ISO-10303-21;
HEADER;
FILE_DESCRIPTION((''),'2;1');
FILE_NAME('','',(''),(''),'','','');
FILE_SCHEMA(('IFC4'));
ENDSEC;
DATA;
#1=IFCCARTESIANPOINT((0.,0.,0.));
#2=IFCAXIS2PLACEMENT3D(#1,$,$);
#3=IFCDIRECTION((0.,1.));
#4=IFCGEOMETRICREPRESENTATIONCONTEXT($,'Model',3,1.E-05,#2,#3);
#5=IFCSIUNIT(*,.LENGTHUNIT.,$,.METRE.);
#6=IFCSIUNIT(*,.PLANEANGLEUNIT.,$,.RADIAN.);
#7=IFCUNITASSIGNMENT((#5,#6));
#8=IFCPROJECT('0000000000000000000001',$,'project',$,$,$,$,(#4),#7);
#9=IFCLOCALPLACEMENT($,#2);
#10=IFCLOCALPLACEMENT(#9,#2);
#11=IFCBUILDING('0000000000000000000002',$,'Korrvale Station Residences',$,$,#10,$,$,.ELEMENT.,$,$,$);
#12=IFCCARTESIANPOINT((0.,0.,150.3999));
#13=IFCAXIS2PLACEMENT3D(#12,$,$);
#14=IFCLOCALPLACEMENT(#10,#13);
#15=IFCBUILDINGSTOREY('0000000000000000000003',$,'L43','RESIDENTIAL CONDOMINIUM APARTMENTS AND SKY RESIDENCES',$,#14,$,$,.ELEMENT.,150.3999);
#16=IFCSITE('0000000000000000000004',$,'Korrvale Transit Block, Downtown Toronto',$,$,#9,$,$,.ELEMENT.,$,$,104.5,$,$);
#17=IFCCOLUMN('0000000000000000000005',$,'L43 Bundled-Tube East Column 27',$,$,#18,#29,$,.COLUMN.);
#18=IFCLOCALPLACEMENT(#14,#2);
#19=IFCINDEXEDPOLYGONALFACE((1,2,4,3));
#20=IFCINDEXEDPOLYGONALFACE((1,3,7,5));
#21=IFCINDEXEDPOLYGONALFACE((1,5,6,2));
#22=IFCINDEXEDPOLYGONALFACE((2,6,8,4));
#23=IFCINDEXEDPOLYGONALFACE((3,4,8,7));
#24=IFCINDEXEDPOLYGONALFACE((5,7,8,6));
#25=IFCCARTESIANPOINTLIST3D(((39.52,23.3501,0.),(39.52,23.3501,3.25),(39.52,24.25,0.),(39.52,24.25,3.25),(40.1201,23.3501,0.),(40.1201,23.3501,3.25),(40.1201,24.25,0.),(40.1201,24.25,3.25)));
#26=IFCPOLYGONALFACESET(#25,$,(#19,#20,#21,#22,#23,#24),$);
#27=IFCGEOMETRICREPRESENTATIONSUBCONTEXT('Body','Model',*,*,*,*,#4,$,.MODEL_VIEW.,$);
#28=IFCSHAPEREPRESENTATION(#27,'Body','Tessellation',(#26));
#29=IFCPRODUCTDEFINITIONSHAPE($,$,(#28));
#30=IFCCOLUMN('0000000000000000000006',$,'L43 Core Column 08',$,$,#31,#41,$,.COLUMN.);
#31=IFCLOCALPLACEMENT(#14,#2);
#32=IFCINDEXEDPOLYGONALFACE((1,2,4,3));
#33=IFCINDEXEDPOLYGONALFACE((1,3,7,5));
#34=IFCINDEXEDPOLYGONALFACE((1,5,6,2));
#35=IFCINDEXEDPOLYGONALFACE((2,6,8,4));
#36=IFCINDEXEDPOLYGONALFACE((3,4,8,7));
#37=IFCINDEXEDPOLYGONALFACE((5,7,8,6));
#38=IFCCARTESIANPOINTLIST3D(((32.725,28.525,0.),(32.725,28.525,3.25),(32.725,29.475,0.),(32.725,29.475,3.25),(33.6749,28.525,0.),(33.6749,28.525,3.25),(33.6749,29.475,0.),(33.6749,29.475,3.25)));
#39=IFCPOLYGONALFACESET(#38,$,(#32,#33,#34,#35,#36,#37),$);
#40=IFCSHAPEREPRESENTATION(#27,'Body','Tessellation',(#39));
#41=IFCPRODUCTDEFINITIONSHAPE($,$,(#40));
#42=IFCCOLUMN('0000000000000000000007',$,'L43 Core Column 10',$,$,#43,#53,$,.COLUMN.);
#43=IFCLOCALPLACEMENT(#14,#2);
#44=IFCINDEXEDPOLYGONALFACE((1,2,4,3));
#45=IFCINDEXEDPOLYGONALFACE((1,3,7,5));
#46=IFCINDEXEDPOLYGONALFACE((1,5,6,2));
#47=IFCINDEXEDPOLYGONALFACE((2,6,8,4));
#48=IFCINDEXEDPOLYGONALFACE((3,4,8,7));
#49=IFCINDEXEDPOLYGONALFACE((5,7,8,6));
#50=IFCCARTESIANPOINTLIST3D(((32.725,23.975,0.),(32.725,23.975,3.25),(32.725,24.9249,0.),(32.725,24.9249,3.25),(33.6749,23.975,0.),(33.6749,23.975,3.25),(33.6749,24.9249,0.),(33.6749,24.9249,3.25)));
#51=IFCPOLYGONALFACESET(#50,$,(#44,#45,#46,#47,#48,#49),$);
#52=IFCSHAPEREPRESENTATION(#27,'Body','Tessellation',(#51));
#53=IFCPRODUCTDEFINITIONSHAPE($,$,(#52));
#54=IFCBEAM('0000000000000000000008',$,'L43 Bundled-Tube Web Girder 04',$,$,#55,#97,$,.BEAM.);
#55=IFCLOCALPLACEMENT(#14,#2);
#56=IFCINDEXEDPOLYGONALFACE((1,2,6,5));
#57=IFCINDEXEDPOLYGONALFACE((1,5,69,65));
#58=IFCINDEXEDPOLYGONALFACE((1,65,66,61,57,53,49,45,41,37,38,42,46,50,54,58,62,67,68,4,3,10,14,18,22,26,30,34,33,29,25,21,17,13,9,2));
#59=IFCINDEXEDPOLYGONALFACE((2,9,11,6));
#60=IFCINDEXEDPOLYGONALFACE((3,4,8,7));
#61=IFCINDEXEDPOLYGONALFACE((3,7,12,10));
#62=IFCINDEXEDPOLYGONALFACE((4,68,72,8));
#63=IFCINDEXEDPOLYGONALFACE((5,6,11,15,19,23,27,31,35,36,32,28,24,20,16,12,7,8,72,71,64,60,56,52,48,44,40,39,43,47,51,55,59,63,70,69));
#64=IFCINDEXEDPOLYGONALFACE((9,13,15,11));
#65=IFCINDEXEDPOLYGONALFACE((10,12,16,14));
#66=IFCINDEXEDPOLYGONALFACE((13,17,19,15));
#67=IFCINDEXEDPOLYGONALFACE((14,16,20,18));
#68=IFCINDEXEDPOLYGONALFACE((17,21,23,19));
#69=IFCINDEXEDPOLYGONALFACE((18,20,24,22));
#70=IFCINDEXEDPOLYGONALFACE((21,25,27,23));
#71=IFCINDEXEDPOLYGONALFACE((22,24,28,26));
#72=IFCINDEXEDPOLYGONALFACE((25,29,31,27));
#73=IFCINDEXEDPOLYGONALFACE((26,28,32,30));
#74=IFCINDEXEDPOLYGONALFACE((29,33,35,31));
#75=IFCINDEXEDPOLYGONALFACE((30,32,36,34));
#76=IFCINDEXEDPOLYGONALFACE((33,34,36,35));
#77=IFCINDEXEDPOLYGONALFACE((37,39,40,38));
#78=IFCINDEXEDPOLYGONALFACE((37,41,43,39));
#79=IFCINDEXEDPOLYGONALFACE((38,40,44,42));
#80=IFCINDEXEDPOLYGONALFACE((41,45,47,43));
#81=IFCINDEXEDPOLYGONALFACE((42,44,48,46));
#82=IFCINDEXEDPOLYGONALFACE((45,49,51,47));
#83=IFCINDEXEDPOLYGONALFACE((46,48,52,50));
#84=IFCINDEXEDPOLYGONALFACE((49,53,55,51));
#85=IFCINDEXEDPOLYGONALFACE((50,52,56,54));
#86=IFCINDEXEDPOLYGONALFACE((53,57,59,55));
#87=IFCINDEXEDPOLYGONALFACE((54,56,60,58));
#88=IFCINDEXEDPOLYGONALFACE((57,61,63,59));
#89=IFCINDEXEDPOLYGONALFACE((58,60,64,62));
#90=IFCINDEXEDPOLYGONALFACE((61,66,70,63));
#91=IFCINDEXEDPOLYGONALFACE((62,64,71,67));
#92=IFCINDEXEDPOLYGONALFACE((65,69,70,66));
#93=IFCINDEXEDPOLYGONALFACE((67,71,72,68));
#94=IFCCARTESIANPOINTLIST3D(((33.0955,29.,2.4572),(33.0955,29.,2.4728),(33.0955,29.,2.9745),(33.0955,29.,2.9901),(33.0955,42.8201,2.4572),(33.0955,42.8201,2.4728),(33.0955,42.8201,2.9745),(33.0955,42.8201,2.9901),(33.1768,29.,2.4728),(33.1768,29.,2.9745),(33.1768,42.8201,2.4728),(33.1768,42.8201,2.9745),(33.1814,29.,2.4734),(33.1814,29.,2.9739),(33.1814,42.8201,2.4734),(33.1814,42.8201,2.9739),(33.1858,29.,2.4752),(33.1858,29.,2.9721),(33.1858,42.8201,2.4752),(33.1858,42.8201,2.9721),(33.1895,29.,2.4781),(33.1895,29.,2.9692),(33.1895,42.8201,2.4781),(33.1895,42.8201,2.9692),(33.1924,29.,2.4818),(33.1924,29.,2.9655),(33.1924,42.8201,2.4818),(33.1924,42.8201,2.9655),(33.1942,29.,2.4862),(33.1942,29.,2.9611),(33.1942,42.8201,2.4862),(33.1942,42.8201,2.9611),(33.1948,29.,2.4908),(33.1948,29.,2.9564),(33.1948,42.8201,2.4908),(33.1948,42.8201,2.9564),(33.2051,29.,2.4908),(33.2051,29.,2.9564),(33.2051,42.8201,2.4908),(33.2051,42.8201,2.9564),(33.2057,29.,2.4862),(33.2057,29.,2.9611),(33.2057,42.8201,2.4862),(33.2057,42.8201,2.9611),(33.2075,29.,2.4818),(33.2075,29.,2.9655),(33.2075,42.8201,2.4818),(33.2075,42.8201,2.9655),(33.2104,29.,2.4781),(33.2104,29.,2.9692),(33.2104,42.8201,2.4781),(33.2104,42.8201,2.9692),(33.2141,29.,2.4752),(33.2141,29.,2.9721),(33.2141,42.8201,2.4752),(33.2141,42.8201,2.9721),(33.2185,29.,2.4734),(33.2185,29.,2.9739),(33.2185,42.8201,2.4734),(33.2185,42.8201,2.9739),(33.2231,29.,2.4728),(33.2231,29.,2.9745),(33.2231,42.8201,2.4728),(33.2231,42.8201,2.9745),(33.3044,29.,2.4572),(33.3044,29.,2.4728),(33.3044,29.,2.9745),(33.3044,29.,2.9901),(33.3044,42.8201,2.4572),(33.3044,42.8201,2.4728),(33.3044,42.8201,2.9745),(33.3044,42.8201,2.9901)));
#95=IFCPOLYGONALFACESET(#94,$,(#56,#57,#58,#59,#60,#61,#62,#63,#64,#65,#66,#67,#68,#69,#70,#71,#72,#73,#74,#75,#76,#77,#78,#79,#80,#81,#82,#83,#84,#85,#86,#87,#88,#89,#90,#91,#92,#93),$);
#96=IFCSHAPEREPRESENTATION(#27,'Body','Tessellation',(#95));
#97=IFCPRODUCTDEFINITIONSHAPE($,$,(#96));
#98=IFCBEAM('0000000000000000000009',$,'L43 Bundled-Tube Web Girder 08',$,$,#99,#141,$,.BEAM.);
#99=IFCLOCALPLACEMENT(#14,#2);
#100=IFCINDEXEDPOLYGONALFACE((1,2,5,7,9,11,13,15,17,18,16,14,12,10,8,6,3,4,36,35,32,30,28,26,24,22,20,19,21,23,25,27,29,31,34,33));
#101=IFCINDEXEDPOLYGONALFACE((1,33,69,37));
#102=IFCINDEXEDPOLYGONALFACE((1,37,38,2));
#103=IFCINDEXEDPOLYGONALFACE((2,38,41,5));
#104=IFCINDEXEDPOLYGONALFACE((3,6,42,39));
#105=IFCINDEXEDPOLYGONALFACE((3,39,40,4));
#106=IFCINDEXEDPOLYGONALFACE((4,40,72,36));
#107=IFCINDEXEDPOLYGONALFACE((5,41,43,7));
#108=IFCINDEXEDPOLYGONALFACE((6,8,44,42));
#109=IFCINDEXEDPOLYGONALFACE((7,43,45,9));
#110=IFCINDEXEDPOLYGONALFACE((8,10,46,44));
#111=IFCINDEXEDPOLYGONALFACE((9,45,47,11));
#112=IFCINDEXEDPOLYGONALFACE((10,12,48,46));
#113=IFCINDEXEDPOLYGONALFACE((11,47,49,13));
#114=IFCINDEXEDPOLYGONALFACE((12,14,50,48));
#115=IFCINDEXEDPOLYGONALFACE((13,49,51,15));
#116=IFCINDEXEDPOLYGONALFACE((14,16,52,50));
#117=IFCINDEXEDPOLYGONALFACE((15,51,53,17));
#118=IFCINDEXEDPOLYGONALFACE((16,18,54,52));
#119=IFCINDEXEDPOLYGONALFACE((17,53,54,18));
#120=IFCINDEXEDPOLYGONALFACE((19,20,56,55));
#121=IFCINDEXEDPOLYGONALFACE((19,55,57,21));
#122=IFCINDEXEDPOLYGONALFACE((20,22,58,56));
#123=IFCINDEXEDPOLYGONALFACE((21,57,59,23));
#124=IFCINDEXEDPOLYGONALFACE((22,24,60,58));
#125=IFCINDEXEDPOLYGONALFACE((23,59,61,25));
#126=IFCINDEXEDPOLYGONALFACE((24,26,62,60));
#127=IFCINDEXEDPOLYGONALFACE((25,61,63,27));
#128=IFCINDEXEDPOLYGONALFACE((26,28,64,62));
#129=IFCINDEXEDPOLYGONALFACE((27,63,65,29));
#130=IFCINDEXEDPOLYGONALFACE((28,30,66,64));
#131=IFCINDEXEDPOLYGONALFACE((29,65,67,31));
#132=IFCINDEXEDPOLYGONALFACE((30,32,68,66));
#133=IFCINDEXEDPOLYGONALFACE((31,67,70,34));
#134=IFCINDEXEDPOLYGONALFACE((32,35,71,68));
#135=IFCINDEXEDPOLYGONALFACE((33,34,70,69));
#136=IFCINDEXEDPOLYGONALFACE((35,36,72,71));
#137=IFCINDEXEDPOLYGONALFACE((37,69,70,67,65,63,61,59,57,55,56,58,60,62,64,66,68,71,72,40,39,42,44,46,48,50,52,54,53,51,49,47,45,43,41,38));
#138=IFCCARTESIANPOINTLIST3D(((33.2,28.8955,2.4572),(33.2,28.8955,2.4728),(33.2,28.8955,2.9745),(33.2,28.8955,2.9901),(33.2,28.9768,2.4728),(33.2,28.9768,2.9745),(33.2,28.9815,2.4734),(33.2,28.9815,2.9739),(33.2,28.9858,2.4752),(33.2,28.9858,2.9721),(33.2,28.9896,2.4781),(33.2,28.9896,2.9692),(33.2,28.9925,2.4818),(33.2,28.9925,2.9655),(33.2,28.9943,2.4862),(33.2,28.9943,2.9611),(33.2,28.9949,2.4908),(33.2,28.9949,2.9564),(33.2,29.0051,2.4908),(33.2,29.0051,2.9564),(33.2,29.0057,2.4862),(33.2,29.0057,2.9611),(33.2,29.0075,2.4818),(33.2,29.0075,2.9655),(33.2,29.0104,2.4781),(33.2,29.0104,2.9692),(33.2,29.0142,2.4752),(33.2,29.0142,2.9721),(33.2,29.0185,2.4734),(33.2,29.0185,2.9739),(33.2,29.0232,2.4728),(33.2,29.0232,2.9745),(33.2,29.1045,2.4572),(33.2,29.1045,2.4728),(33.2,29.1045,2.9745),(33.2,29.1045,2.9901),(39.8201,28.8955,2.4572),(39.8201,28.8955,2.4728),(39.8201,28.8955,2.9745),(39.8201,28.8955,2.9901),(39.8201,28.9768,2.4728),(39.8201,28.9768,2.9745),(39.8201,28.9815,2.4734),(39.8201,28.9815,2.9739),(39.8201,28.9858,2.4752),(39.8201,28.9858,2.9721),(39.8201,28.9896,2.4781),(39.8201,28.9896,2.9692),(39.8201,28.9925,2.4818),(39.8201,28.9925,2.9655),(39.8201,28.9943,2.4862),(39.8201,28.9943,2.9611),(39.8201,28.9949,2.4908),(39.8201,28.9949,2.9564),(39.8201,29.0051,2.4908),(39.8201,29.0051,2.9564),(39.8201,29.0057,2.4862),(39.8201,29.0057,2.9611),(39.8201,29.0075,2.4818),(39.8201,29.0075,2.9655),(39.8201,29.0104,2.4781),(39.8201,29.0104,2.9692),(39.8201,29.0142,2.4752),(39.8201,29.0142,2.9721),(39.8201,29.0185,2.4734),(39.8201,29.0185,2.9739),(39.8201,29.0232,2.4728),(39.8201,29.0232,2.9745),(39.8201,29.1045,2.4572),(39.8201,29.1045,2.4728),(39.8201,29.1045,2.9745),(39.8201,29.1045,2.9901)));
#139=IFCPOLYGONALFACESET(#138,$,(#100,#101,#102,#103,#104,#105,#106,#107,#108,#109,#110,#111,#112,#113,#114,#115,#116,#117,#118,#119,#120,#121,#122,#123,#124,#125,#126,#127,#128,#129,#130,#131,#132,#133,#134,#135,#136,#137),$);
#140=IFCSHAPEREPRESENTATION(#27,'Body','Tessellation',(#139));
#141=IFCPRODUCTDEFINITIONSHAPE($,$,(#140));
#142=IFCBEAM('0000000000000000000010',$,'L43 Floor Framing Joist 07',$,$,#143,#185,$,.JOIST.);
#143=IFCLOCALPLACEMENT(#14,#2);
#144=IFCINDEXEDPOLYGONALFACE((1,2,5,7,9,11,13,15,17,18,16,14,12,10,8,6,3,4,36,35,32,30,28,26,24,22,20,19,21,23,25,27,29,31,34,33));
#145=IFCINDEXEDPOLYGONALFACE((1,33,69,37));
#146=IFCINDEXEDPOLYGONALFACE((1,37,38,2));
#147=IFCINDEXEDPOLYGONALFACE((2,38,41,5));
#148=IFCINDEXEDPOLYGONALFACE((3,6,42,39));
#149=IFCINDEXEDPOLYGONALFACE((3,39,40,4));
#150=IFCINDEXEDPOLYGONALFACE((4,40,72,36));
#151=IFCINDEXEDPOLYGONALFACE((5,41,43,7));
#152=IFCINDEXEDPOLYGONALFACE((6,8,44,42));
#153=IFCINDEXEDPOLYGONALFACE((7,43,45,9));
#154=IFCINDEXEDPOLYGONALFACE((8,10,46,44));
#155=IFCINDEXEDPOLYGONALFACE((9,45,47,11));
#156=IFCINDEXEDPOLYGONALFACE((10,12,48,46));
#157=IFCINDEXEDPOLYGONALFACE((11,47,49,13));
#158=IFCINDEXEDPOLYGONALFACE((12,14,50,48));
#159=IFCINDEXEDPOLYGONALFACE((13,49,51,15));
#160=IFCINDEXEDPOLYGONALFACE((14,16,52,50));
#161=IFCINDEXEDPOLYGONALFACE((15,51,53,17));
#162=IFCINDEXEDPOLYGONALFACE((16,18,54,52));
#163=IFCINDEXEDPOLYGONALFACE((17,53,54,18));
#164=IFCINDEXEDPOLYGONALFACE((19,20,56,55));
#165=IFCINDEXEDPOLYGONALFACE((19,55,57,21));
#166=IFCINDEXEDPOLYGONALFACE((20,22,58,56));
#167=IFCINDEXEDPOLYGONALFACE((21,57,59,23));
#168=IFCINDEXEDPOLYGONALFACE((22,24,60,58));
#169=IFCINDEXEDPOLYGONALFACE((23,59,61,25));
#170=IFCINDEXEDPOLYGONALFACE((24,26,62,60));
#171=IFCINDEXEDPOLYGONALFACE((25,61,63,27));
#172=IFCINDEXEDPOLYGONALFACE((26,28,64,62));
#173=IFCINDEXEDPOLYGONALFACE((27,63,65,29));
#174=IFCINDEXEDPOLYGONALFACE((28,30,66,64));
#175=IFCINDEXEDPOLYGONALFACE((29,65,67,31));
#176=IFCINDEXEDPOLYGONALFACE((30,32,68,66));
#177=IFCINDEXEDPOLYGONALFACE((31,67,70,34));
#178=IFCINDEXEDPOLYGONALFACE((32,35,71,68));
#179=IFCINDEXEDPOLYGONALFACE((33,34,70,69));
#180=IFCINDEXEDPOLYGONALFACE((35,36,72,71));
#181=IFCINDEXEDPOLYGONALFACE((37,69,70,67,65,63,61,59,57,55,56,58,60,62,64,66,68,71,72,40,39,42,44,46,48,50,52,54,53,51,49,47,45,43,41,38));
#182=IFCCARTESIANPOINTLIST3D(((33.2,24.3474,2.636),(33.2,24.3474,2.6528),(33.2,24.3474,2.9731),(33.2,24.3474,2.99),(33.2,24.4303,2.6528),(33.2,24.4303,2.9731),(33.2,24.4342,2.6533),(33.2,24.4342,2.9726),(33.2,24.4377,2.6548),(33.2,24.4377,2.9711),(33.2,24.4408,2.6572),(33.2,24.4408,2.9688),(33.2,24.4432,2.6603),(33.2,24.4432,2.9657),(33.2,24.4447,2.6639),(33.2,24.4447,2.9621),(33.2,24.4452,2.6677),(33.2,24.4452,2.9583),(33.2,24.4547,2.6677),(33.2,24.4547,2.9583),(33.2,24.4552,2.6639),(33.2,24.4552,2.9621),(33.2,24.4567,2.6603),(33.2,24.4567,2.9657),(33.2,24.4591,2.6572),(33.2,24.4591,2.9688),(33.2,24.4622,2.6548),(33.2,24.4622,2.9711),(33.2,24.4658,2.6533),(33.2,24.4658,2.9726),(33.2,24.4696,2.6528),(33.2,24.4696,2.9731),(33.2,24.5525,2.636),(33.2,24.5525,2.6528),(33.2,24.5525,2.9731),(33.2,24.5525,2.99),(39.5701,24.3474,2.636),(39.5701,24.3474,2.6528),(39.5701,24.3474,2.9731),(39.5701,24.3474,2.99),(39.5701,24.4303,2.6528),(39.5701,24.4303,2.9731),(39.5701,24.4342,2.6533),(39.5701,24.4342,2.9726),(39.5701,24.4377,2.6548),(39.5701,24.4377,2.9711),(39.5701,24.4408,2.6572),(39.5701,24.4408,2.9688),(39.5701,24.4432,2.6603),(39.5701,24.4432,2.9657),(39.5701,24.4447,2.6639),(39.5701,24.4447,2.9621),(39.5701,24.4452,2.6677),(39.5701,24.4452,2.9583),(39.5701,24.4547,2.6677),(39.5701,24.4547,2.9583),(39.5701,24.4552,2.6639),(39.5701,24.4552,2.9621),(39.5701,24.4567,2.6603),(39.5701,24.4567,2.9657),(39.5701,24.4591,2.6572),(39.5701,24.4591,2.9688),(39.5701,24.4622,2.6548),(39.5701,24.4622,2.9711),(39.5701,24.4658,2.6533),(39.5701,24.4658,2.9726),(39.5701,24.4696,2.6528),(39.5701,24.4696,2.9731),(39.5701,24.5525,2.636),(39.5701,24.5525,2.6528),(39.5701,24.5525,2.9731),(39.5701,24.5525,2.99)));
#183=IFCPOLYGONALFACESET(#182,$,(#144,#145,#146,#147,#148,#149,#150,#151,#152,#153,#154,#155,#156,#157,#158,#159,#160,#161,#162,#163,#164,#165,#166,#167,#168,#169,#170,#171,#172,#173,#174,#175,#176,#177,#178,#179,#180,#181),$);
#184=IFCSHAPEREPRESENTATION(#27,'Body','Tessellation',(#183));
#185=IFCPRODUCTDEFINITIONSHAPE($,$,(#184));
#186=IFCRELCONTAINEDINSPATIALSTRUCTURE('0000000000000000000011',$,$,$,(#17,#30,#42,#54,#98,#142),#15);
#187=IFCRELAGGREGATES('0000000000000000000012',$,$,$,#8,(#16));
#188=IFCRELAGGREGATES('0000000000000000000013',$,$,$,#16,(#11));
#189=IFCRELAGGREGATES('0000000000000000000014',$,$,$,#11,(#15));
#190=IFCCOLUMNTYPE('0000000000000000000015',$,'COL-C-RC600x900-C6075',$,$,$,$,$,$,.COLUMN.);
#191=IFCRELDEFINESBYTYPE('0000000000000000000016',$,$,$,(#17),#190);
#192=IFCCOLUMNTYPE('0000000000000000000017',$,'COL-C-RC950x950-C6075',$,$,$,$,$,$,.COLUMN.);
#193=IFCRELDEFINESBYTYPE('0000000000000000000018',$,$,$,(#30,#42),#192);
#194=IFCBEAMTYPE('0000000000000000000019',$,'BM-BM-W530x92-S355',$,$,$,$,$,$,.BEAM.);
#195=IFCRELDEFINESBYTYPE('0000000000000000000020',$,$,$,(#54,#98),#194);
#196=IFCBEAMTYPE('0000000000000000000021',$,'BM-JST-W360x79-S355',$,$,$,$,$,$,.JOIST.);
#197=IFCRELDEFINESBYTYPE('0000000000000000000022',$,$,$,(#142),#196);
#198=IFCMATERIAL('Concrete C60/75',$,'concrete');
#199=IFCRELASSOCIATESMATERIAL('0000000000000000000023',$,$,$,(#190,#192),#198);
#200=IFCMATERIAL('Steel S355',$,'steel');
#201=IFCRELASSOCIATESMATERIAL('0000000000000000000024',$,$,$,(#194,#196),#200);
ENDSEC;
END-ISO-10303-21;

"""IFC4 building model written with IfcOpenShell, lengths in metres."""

from ifc_helpers import new_model, si_unit, direction, frame, origin, origin_2d, place, context, subcontext, project, spatial, rectangle, i_section, extrude, material, material_profile, profile_set, type_object, element, save


model = new_model("IFC4")

# Units and contexts
model_context = context("Model", 3, precision=1e-05, world=origin(), true_north=direction((0.0, 1.0)))
body_context = subcontext(model_context, "Body", "Model", "MODEL_VIEW")
ifc_project = project(units=[si_unit("LENGTHUNIT", "METRE"), si_unit("PLANEANGLEUNIT", "RADIAN")], contexts=[model_context])

# Site, building, storey
site_placement = place(None, origin())
site = spatial("IfcSite", under=ifc_project, at=site_placement, Name="Korrvale Transit Block, Downtown Toronto", CompositionType="ELEMENT", RefElevation=104.5)
building_placement = place(site_placement, origin())
building = spatial("IfcBuilding", under=site, at=building_placement, Name="Korrvale Station Residences", CompositionType="ELEMENT")
storey_placement = place(building_placement, frame((0.0, 0.0, 150.3999)))
storey = spatial("IfcBuildingStorey", under=building, at=storey_placement, Name="L43", Description="RESIDENTIAL CONDOMINIUM APARTMENTS AND SKY RESIDENCES", CompositionType="ELEMENT", Elevation=150.3999)

# Columns
ifc_material_1 = material(Name="Concrete C60/75", Category="concrete")
ifc_material_profile_1 = material_profile(ifc_material_1, rectangle(XDim=0.6001, YDim=0.8999, at=origin_2d()), Name="RC600x900")
ifc_profile_set_1 = profile_set([ifc_material_profile_1], Name="Concrete C60/75")
column_type_1 = type_object("IfcColumnType", Name="COL-C-RC600x900-C6075", PredefinedType="COLUMN", material=ifc_profile_set_1)
column_placement = place(storey_placement, frame((39.8201, 23.8, 0.0), z_axis=(0.0, 0.0, 1.0), x_axis=(1.0, 0.0, 0.0)))
element("IfcColumn", 1, at=column_placement, inside=storey, type_object=column_type_1, Name="L43 Bundled-Tube East Column 27", PredefinedType="COLUMN", context=body_context, shape_type="SweptSolid", body=[
    extrude(rectangle(XDim=0.6001, YDim=0.8999, at=origin_2d()), origin(), (0.0, 0.0, 1.0), 3.25),
])
ifc_material_profile_2 = material_profile(ifc_material_1, rectangle(XDim=0.95, YDim=0.95, at=origin_2d()), Name="RC950x950")
ifc_profile_set_2 = profile_set([ifc_material_profile_2], Name="Concrete C60/75")
column_type_2 = type_object("IfcColumnType", Name="COL-C-RC950x950-C6075", PredefinedType="COLUMN", material=ifc_profile_set_2)
for number, where, z_axis, x_axis, name in (
    (2, (33.2, 29.0, 0.0), (0.0, 0.0, 1.0), (1.0, 0.0, 0.0), "L43 Core Column 08"),
    (3, (33.2, 24.45, 0.0), (0.0, 0.0, 1.0), (1.0, 0.0, 0.0), "L43 Core Column 10"),
):
    element("IfcColumn", number, at=place(storey_placement, frame(where, z_axis=z_axis, x_axis=x_axis)), inside=storey, type_object=column_type_2, Name=name, PredefinedType="COLUMN", context=body_context, shape_type="SweptSolid", body=[
        extrude(rectangle(XDim=0.95, YDim=0.95, at=origin_2d()), origin(), (0.0, 0.0, 1.0), 3.25),
    ])

# Beams
ifc_material_2 = material(Name="Steel S355", Category="steel")
ifc_material_profile_3 = material_profile(ifc_material_2, i_section(OverallWidth=0.209, OverallDepth=0.533, WebThickness=0.0103, FlangeThickness=0.0156, FilletRadius=0.0181, at=origin_2d()), Name="W530x92")
ifc_profile_set_3 = profile_set([ifc_material_profile_3], Name="Steel S355")
beam_type_1 = type_object("IfcBeamType", Name="BM-BM-W530x92-S355", PredefinedType="BEAM", material=ifc_profile_set_3)
beam_1_placement = place(storey_placement, frame((33.2, 29.0, 2.7236), z_axis=(0.0, 1.0, 0.0), x_axis=(-1.0, 0.0, 0.0)))
element("IfcBeam", 4, at=beam_1_placement, inside=storey, type_object=beam_type_1, Name="L43 Bundled-Tube Web Girder 04", PredefinedType="BEAM", context=body_context, shape_type="SweptSolid", body=[
    extrude(i_section(OverallWidth=0.209, OverallDepth=0.533, WebThickness=0.0103, FlangeThickness=0.0156, FilletRadius=0.0181, at=origin_2d()), origin(), (0.0, 0.0, 1.0), 13.8201),
])
beam_2_placement = place(storey_placement, frame((33.2, 29.0, 2.7236), z_axis=(1.0, 0.0, 0.0), x_axis=(0.0, 1.0, 0.0)))
element("IfcBeam", 5, at=beam_2_placement, inside=storey, type_object=beam_type_1, Name="L43 Bundled-Tube Web Girder 08", PredefinedType="BEAM", context=body_context, shape_type="SweptSolid", body=[
    extrude(i_section(OverallWidth=0.209, OverallDepth=0.533, WebThickness=0.0103, FlangeThickness=0.0156, FilletRadius=0.0181, at=origin_2d()), origin(), (0.0, 0.0, 1.0), 6.6201),
])
ifc_material_profile_4 = material_profile(ifc_material_2, i_section(OverallWidth=0.2051, OverallDepth=0.354, WebThickness=0.0095, FlangeThickness=0.0168, FilletRadius=0.0149, at=origin_2d()), Name="W360x79")
ifc_profile_set_4 = profile_set([ifc_material_profile_4], Name="Steel S355")
beam_type_2 = type_object("IfcBeamType", Name="BM-JST-W360x79-S355", PredefinedType="JOIST", material=ifc_profile_set_4)
beam_3_placement = place(storey_placement, frame((33.2, 24.45, 2.813), z_axis=(1.0, 0.0, 0.0), x_axis=(0.0, 1.0, 0.0)))
element("IfcBeam", 6, at=beam_3_placement, inside=storey, type_object=beam_type_2, Name="L43 Floor Framing Joist 07", PredefinedType="JOIST", context=body_context, shape_type="SweptSolid", body=[
    extrude(i_section(OverallWidth=0.2051, OverallDepth=0.354, WebThickness=0.0095, FlangeThickness=0.0168, FilletRadius=0.0149, at=origin_2d()), origin(), (0.0, 0.0, 1.0), 6.3701),
])

save(model, "model.ifc")
